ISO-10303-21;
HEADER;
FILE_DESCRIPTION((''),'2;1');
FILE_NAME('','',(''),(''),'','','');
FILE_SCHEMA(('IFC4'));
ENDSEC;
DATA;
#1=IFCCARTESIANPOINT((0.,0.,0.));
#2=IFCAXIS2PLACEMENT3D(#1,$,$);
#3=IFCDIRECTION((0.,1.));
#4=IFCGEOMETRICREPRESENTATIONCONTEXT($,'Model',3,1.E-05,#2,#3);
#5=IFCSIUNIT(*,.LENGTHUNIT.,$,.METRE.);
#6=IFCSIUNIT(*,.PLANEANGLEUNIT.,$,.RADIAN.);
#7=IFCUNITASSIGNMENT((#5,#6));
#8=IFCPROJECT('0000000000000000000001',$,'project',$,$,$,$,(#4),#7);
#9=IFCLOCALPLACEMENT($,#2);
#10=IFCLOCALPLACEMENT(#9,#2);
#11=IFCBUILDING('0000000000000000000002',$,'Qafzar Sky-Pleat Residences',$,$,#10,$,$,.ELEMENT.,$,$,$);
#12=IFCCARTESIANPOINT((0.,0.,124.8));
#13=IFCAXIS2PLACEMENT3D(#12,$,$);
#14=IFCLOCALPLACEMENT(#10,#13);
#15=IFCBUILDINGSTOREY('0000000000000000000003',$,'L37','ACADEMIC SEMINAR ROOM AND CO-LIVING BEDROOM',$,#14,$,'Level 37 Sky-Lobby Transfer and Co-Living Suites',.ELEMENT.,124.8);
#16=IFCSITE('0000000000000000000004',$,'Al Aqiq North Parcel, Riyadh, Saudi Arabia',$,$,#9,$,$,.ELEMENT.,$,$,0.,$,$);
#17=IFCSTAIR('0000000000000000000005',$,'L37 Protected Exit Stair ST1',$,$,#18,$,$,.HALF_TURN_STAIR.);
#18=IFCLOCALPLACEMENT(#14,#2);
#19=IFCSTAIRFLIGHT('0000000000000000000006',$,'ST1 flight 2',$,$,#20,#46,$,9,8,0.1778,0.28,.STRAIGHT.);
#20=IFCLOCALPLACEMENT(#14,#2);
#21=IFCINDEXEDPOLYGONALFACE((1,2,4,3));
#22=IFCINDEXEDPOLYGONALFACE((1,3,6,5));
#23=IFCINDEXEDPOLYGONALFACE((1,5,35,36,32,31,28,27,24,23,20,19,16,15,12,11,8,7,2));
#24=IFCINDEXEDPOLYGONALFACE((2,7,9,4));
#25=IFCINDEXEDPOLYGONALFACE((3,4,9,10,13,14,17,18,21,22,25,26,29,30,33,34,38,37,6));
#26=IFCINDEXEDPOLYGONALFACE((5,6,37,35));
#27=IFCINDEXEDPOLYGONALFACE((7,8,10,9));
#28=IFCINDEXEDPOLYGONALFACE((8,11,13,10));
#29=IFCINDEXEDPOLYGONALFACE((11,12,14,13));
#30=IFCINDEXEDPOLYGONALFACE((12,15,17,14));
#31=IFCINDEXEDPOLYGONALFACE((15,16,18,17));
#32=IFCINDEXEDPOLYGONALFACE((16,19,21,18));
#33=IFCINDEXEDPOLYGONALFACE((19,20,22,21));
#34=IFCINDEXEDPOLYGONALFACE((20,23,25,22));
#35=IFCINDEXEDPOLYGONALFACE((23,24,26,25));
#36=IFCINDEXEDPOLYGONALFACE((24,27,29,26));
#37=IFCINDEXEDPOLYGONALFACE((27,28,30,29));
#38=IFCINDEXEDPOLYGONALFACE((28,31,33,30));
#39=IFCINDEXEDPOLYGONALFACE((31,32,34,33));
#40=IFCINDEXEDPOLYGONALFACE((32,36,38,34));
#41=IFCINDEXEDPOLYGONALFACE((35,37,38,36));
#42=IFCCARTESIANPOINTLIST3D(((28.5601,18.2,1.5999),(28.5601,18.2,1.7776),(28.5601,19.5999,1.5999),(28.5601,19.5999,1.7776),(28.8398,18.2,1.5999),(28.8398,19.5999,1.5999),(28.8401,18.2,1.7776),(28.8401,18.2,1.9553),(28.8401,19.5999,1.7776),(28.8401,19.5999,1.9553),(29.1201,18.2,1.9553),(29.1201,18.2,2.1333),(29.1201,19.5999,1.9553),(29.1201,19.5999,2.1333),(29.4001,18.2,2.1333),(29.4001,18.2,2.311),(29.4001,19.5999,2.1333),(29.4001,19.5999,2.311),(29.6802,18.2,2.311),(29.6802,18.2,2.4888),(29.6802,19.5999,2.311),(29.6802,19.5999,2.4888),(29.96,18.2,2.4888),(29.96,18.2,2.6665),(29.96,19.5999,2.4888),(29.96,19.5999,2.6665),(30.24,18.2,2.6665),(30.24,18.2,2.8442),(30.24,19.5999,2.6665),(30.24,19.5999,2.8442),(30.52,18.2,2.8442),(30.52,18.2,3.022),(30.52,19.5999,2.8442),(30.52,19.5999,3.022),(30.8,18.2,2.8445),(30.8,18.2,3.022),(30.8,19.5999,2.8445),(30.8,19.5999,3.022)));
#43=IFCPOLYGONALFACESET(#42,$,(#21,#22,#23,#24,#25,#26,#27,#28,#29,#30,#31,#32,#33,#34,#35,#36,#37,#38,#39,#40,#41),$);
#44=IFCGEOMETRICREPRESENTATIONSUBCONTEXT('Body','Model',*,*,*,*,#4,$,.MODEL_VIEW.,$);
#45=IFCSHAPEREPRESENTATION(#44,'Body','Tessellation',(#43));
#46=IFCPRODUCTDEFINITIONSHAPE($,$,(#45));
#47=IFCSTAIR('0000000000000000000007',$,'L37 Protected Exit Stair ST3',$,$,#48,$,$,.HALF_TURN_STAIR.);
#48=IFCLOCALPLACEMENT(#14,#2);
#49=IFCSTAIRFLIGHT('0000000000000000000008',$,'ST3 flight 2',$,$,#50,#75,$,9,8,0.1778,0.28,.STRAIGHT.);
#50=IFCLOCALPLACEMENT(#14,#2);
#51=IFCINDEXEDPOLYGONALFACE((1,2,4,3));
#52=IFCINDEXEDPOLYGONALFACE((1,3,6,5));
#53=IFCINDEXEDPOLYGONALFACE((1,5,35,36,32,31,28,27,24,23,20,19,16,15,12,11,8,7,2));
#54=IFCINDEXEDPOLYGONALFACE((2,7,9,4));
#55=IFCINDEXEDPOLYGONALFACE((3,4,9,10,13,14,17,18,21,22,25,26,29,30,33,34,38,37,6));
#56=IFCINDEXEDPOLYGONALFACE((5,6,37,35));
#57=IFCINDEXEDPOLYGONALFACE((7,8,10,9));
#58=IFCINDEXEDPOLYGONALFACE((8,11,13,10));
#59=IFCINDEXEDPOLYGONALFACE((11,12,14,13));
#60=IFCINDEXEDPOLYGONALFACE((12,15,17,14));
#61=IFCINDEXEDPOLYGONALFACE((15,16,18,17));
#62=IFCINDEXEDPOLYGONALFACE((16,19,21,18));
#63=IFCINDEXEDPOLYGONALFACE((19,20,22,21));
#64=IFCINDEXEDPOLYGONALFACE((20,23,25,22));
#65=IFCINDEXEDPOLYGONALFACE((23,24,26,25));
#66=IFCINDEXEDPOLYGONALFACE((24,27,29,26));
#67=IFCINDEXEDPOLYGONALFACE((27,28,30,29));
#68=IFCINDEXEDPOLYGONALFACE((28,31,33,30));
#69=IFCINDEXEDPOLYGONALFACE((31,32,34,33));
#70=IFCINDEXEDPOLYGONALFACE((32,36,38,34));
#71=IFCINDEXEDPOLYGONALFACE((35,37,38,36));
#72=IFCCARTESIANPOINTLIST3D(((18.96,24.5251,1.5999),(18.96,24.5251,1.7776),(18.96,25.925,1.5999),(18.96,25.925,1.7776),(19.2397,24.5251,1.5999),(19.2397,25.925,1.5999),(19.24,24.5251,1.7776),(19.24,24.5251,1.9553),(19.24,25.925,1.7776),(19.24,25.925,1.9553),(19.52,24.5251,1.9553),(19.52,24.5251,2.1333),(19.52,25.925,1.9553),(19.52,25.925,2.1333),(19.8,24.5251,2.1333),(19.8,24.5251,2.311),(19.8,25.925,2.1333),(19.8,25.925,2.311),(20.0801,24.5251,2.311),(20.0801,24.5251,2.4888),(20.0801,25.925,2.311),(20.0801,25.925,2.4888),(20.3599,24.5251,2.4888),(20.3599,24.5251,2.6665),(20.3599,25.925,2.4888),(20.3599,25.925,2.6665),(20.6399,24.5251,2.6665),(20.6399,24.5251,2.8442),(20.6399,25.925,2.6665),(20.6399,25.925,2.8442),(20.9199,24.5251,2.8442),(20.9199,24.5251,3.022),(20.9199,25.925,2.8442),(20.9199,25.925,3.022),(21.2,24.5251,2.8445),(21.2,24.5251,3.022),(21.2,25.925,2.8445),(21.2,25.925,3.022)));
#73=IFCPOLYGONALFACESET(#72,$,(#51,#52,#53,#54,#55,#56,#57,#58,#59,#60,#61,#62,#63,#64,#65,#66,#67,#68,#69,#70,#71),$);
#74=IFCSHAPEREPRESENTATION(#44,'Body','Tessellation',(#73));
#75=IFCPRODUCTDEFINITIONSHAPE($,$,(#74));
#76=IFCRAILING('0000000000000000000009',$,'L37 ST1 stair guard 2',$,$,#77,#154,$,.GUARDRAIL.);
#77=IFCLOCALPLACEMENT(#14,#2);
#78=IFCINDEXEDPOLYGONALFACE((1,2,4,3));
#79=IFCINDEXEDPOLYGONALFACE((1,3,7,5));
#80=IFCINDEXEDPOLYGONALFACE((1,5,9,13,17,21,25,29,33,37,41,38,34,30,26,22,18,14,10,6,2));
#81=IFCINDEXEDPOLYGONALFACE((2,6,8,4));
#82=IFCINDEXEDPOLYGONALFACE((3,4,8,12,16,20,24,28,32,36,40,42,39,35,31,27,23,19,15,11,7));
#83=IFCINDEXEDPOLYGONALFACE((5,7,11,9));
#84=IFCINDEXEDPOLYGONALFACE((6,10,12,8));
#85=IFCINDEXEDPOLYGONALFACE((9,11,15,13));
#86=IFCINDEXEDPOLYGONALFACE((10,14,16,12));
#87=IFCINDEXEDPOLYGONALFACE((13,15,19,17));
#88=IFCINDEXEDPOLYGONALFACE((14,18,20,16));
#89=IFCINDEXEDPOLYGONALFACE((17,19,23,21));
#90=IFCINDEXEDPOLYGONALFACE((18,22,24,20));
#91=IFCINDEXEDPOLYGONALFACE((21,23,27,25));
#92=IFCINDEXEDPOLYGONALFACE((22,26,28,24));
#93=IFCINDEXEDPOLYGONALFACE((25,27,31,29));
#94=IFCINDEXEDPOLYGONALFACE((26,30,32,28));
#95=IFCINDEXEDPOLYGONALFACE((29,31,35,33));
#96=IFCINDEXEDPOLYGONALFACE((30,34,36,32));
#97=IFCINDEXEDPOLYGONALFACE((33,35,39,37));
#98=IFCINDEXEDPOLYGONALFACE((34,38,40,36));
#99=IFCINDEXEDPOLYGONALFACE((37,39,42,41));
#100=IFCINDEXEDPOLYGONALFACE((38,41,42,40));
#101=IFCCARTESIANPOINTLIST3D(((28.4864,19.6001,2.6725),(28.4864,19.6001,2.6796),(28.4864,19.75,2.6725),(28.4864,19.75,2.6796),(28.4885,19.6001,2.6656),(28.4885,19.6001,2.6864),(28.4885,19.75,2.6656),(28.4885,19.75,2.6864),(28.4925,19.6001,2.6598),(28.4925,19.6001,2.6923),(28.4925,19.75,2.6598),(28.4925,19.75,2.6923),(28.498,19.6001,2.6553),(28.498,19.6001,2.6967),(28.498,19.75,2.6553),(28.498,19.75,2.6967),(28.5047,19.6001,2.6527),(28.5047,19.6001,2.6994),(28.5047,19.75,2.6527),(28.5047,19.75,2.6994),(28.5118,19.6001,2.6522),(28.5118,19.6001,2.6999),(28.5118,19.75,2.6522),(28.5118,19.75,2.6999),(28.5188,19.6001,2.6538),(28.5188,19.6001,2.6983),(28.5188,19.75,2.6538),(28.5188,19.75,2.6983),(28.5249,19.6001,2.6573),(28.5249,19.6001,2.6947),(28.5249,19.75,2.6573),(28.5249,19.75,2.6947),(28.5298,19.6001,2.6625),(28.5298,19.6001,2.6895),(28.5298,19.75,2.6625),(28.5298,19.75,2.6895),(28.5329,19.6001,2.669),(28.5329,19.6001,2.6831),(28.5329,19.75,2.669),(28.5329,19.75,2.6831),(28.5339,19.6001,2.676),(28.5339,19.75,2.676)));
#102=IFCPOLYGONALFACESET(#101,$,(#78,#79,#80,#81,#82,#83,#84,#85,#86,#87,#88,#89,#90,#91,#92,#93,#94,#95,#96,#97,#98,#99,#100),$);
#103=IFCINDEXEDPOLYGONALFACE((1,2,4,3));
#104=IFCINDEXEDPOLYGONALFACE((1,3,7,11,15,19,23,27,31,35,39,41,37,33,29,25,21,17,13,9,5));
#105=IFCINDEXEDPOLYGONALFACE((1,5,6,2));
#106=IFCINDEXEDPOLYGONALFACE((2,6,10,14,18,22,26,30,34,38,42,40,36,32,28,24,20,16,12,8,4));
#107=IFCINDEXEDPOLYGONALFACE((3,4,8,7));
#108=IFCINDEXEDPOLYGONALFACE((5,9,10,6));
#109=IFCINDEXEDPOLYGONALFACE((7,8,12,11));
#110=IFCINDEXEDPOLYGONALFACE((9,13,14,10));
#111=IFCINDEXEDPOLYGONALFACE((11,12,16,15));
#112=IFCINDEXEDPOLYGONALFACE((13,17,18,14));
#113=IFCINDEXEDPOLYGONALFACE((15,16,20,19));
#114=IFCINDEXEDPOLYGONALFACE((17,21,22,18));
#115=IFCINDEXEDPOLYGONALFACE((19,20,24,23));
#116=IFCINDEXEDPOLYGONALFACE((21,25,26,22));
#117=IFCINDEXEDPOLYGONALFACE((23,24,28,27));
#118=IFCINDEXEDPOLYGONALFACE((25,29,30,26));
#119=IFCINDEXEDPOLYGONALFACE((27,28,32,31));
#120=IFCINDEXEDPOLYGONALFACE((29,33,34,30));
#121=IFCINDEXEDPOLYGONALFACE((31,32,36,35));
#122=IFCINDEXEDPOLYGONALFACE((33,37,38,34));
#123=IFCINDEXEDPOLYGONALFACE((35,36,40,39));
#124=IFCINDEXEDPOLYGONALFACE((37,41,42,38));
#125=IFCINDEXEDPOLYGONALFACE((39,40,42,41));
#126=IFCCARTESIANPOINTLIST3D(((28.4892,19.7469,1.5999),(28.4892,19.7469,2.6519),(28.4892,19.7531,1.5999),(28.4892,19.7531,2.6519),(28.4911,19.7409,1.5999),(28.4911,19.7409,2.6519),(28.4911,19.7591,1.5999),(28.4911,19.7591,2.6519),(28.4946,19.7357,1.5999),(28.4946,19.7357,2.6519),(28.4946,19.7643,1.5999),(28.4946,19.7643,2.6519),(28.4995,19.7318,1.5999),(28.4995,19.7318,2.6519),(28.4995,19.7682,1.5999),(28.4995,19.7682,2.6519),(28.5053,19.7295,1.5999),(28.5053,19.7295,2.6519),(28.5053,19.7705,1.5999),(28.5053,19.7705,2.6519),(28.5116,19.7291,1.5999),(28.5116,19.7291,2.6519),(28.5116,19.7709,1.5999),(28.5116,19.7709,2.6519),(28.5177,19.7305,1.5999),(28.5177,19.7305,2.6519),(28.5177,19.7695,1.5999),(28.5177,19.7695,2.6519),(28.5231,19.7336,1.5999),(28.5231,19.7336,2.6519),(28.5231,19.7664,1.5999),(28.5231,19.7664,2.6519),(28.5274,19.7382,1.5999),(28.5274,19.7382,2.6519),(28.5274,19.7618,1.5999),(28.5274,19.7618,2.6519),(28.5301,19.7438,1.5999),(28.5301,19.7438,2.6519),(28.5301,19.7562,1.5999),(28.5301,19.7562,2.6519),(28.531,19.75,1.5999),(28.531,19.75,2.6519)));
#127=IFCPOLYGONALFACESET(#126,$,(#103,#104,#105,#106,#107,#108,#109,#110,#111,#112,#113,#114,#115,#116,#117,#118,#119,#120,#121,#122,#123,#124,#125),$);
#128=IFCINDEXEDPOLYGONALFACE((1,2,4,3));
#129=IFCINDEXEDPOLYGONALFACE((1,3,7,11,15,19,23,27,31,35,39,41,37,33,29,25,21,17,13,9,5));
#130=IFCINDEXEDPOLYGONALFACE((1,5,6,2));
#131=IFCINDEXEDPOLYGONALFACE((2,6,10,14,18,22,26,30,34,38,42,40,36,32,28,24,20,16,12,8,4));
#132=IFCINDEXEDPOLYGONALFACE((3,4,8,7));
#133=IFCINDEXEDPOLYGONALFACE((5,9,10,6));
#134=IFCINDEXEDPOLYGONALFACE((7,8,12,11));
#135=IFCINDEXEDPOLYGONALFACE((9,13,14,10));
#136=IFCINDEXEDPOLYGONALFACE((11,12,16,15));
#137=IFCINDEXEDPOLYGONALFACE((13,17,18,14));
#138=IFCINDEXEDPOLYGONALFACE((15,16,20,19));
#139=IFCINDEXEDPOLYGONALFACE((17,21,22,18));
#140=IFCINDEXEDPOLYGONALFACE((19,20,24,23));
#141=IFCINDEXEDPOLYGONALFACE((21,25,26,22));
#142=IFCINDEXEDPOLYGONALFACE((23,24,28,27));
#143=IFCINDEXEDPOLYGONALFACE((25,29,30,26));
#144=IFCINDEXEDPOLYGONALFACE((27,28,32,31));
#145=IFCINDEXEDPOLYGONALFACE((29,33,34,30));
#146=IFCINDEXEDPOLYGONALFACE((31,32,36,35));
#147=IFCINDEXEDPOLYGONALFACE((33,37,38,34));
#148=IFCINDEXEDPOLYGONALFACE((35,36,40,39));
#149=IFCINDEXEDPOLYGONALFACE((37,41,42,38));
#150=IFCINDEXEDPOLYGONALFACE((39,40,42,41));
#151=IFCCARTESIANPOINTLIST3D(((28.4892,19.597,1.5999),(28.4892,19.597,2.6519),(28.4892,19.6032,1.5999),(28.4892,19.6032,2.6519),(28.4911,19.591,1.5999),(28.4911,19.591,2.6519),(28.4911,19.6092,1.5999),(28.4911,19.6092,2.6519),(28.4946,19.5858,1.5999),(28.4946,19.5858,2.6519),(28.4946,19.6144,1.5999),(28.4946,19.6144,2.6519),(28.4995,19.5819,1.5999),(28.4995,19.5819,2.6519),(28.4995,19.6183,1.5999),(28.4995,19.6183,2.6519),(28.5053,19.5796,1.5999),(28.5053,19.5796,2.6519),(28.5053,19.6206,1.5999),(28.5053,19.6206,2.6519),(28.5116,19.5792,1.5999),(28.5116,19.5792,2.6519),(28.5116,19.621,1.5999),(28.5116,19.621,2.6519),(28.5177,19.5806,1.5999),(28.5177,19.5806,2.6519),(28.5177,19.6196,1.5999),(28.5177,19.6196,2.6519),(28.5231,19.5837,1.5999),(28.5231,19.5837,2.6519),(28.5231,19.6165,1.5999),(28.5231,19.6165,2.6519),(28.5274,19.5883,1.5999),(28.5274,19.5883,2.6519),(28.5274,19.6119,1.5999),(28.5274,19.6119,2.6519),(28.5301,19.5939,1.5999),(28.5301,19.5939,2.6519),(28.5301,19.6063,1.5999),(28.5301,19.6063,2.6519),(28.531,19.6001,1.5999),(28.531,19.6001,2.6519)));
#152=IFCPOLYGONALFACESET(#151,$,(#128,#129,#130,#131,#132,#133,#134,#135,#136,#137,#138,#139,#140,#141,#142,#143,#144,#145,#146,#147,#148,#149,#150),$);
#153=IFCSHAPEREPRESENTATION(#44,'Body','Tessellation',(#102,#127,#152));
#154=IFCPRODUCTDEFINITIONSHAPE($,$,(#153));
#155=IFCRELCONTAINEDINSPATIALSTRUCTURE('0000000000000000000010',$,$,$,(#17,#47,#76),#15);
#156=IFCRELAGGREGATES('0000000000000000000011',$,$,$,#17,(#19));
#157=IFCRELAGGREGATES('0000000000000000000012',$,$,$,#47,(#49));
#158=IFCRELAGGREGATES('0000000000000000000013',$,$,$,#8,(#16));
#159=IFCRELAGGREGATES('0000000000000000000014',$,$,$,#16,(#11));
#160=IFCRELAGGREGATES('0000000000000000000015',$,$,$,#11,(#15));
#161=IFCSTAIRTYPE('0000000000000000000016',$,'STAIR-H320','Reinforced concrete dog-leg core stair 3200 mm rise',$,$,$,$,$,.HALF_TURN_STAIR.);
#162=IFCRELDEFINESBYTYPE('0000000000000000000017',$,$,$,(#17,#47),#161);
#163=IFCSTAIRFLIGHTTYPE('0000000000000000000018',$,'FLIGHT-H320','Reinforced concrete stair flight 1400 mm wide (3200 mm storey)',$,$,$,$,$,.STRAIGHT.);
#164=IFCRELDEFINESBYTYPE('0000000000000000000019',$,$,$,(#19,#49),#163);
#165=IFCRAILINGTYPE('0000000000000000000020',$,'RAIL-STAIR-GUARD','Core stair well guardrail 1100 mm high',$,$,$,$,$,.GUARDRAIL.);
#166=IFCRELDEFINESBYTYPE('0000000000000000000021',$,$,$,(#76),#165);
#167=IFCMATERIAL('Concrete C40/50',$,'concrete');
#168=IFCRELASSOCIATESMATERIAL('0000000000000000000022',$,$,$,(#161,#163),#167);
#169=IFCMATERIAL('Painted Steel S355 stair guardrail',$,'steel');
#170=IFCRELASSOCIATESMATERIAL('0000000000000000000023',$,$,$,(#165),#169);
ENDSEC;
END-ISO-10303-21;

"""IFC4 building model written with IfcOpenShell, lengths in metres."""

from ifc_helpers import new_model, si_unit, direction, frame, origin, origin_2d, place, context, subcontext, project, spatial, polyline, circle, outline, extrude, source, transform, mapped, material, type_object, element, aggregate, save


model = new_model("IFC4")

# Units and contexts
model_context = context("Model", 3, precision=1e-05, world=origin(), true_north=direction((0.0, 1.0)))
body_context = subcontext(model_context, "Body", "Model", "MODEL_VIEW")
ifc_project = project(units=[si_unit("LENGTHUNIT", "METRE"), si_unit("PLANEANGLEUNIT", "RADIAN")], contexts=[model_context])

# Site, building, storey
site_placement = place(None, origin())
site = spatial("IfcSite", under=ifc_project, at=site_placement, Name="Al Aqiq North Parcel, Riyadh, Saudi Arabia", CompositionType="ELEMENT", RefElevation=0.0)
building_placement = place(site_placement, origin())
building = spatial("IfcBuilding", under=site, at=building_placement, Name="Qafzar Sky-Pleat Residences", CompositionType="ELEMENT")
storey_placement = place(building_placement, frame((0.0, 0.0, 124.8)))
storey = spatial("IfcBuildingStorey", under=building, at=storey_placement, Name="L37", Description="ACADEMIC SEMINAR ROOM AND CO-LIVING BEDROOM", LongName="Level 37 Sky-Lobby Transfer and Co-Living Suites", CompositionType="ELEMENT", Elevation=124.8)

# Stairs, stair flights
ifc_material_1 = material(Name="Concrete C40/50", Category="concrete")
stair_type = type_object("IfcStairType", Name="STAIR-H320", Description="Reinforced concrete dog-leg core stair 3200 mm rise", PredefinedType="HALF_TURN_STAIR", material=ifc_material_1)
stair_1_placement = place(storey_placement, origin())
stair_1 = element("IfcStair", 1, at=stair_1_placement, inside=storey, type_object=stair_type, Name="L37 Protected Exit Stair ST1", PredefinedType="HALF_TURN_STAIR")
stair_flight_type = type_object("IfcStairFlightType", Name="FLIGHT-H320", Description="Reinforced concrete stair flight 1400 mm wide (3200 mm storey)", PredefinedType="STRAIGHT", material=ifc_material_1)
shared_shape_1 = source(origin(), body_context, "Body", "SweptSolid", [
    extrude(outline(polyline([(0.0, 0.0), (0.0, 0.1777), (0.28, 0.1777), (0.28, 0.3555), (0.5601, 0.3555), (0.5601, 0.5334), (0.8401, 0.5334), (0.8401, 0.7112), (1.1201, 0.7112), (1.1201, 0.8889), (1.3999, 0.8889), (1.3999, 1.0667), (1.6799, 1.0667), (1.6799, 1.2444), (1.96, 1.2444), (1.96, 1.4221), (2.24, 1.4221), (2.24, 1.6001), (2.24, 1.2446), (0.2798, 0.0), (0.0, 0.0)])), frame((0.0, 0.7, 0.0), z_axis=(0.0, -1.0, 0.0), x_axis=(1.0, 0.0, 0.0)), (0.0, 0.0, 1.0), 1.3999),
])
stair_flight_1_placement = place(storey_placement, frame((28.5601, 18.8999, 1.5999), z_axis=(0.0, 0.0, 1.0), x_axis=(1.0, 0.0, 0.0)))
stair_flight_1 = element("IfcStairFlight", 2, at=stair_flight_1_placement, type_object=stair_flight_type, Name="ST1 flight 2", NumberOfRisers=9, NumberOfTreads=8, PredefinedType="STRAIGHT", RiserHeight=0.1778, TreadLength=0.28, context=body_context, shape_type="MappedRepresentation", body=[
    mapped(shared_shape_1, transform((0.0, 0.0, 0.0), x_axis=(1.0, 0.0, 0.0), y_axis=(0.0, 1.0, 0.0), z_axis=(0.0, 0.0, 1.0), scale=1.0)),
])
aggregate(stair_1, [stair_flight_1])
stair_2_placement = place(storey_placement, origin())
stair_2 = element("IfcStair", 3, at=stair_2_placement, inside=storey, type_object=stair_type, Name="L37 Protected Exit Stair ST3", PredefinedType="HALF_TURN_STAIR")
stair_flight_2_placement = place(storey_placement, frame((18.96, 25.2251, 1.5999), z_axis=(0.0, 0.0, 1.0), x_axis=(1.0, 0.0, 0.0)))
stair_flight_2 = element("IfcStairFlight", 4, at=stair_flight_2_placement, type_object=stair_flight_type, Name="ST3 flight 2", NumberOfRisers=9, NumberOfTreads=8, PredefinedType="STRAIGHT", RiserHeight=0.1778, TreadLength=0.28, context=body_context, shape_type="MappedRepresentation", body=[
    mapped(shared_shape_1, transform((0.0, 0.0, 0.0), x_axis=(1.0, 0.0, 0.0), y_axis=(0.0, 1.0, 0.0), z_axis=(0.0, 0.0, 1.0), scale=1.0)),
])
aggregate(stair_2, [stair_flight_2])

# Railing
ifc_material_2 = material(Name="Painted Steel S355 stair guardrail", Category="steel")
railing_type_1 = type_object("IfcRailingType", Name="RAIL-STAIR-GUARD", Description="Core stair well guardrail 1100 mm high", PredefinedType="GUARDRAIL", material=ifc_material_2)
shared_shape_2 = source(origin(), body_context, "Body", "SweptSolid", [
    extrude(circle(Radius=0.0239, at=origin_2d()), frame((0.0, 0.0, 1.0762), z_axis=(0.0, -1.0, 0.0), x_axis=(1.0, 0.0, 0.0)), (0.0, 0.0, 1.0), 0.1499),
    extrude(circle(Radius=0.021, at=origin_2d()), origin(), (0.0, 0.0, 1.0), 1.052),
    extrude(circle(Radius=0.021, at=origin_2d()), frame((0.0, -0.1499, 0.0)), (0.0, 0.0, 1.0), 1.052),
])
railing_1_placement = place(storey_placement, frame((28.51, 19.75, 1.5999)))
element("IfcRailing", 5, at=railing_1_placement, inside=storey, type_object=railing_type_1, Name="L37 ST1 stair guard 2", PredefinedType="GUARDRAIL", context=body_context, shape_type="MappedRepresentation", body=[
    mapped(shared_shape_2, transform((0.0, 0.0, 0.0), x_axis=(1.0, 0.0, 0.0), y_axis=(0.0, 1.0, 0.0), z_axis=(0.0, 0.0, 1.0), scale=1.0)),
])

save(model, "model.ifc")
